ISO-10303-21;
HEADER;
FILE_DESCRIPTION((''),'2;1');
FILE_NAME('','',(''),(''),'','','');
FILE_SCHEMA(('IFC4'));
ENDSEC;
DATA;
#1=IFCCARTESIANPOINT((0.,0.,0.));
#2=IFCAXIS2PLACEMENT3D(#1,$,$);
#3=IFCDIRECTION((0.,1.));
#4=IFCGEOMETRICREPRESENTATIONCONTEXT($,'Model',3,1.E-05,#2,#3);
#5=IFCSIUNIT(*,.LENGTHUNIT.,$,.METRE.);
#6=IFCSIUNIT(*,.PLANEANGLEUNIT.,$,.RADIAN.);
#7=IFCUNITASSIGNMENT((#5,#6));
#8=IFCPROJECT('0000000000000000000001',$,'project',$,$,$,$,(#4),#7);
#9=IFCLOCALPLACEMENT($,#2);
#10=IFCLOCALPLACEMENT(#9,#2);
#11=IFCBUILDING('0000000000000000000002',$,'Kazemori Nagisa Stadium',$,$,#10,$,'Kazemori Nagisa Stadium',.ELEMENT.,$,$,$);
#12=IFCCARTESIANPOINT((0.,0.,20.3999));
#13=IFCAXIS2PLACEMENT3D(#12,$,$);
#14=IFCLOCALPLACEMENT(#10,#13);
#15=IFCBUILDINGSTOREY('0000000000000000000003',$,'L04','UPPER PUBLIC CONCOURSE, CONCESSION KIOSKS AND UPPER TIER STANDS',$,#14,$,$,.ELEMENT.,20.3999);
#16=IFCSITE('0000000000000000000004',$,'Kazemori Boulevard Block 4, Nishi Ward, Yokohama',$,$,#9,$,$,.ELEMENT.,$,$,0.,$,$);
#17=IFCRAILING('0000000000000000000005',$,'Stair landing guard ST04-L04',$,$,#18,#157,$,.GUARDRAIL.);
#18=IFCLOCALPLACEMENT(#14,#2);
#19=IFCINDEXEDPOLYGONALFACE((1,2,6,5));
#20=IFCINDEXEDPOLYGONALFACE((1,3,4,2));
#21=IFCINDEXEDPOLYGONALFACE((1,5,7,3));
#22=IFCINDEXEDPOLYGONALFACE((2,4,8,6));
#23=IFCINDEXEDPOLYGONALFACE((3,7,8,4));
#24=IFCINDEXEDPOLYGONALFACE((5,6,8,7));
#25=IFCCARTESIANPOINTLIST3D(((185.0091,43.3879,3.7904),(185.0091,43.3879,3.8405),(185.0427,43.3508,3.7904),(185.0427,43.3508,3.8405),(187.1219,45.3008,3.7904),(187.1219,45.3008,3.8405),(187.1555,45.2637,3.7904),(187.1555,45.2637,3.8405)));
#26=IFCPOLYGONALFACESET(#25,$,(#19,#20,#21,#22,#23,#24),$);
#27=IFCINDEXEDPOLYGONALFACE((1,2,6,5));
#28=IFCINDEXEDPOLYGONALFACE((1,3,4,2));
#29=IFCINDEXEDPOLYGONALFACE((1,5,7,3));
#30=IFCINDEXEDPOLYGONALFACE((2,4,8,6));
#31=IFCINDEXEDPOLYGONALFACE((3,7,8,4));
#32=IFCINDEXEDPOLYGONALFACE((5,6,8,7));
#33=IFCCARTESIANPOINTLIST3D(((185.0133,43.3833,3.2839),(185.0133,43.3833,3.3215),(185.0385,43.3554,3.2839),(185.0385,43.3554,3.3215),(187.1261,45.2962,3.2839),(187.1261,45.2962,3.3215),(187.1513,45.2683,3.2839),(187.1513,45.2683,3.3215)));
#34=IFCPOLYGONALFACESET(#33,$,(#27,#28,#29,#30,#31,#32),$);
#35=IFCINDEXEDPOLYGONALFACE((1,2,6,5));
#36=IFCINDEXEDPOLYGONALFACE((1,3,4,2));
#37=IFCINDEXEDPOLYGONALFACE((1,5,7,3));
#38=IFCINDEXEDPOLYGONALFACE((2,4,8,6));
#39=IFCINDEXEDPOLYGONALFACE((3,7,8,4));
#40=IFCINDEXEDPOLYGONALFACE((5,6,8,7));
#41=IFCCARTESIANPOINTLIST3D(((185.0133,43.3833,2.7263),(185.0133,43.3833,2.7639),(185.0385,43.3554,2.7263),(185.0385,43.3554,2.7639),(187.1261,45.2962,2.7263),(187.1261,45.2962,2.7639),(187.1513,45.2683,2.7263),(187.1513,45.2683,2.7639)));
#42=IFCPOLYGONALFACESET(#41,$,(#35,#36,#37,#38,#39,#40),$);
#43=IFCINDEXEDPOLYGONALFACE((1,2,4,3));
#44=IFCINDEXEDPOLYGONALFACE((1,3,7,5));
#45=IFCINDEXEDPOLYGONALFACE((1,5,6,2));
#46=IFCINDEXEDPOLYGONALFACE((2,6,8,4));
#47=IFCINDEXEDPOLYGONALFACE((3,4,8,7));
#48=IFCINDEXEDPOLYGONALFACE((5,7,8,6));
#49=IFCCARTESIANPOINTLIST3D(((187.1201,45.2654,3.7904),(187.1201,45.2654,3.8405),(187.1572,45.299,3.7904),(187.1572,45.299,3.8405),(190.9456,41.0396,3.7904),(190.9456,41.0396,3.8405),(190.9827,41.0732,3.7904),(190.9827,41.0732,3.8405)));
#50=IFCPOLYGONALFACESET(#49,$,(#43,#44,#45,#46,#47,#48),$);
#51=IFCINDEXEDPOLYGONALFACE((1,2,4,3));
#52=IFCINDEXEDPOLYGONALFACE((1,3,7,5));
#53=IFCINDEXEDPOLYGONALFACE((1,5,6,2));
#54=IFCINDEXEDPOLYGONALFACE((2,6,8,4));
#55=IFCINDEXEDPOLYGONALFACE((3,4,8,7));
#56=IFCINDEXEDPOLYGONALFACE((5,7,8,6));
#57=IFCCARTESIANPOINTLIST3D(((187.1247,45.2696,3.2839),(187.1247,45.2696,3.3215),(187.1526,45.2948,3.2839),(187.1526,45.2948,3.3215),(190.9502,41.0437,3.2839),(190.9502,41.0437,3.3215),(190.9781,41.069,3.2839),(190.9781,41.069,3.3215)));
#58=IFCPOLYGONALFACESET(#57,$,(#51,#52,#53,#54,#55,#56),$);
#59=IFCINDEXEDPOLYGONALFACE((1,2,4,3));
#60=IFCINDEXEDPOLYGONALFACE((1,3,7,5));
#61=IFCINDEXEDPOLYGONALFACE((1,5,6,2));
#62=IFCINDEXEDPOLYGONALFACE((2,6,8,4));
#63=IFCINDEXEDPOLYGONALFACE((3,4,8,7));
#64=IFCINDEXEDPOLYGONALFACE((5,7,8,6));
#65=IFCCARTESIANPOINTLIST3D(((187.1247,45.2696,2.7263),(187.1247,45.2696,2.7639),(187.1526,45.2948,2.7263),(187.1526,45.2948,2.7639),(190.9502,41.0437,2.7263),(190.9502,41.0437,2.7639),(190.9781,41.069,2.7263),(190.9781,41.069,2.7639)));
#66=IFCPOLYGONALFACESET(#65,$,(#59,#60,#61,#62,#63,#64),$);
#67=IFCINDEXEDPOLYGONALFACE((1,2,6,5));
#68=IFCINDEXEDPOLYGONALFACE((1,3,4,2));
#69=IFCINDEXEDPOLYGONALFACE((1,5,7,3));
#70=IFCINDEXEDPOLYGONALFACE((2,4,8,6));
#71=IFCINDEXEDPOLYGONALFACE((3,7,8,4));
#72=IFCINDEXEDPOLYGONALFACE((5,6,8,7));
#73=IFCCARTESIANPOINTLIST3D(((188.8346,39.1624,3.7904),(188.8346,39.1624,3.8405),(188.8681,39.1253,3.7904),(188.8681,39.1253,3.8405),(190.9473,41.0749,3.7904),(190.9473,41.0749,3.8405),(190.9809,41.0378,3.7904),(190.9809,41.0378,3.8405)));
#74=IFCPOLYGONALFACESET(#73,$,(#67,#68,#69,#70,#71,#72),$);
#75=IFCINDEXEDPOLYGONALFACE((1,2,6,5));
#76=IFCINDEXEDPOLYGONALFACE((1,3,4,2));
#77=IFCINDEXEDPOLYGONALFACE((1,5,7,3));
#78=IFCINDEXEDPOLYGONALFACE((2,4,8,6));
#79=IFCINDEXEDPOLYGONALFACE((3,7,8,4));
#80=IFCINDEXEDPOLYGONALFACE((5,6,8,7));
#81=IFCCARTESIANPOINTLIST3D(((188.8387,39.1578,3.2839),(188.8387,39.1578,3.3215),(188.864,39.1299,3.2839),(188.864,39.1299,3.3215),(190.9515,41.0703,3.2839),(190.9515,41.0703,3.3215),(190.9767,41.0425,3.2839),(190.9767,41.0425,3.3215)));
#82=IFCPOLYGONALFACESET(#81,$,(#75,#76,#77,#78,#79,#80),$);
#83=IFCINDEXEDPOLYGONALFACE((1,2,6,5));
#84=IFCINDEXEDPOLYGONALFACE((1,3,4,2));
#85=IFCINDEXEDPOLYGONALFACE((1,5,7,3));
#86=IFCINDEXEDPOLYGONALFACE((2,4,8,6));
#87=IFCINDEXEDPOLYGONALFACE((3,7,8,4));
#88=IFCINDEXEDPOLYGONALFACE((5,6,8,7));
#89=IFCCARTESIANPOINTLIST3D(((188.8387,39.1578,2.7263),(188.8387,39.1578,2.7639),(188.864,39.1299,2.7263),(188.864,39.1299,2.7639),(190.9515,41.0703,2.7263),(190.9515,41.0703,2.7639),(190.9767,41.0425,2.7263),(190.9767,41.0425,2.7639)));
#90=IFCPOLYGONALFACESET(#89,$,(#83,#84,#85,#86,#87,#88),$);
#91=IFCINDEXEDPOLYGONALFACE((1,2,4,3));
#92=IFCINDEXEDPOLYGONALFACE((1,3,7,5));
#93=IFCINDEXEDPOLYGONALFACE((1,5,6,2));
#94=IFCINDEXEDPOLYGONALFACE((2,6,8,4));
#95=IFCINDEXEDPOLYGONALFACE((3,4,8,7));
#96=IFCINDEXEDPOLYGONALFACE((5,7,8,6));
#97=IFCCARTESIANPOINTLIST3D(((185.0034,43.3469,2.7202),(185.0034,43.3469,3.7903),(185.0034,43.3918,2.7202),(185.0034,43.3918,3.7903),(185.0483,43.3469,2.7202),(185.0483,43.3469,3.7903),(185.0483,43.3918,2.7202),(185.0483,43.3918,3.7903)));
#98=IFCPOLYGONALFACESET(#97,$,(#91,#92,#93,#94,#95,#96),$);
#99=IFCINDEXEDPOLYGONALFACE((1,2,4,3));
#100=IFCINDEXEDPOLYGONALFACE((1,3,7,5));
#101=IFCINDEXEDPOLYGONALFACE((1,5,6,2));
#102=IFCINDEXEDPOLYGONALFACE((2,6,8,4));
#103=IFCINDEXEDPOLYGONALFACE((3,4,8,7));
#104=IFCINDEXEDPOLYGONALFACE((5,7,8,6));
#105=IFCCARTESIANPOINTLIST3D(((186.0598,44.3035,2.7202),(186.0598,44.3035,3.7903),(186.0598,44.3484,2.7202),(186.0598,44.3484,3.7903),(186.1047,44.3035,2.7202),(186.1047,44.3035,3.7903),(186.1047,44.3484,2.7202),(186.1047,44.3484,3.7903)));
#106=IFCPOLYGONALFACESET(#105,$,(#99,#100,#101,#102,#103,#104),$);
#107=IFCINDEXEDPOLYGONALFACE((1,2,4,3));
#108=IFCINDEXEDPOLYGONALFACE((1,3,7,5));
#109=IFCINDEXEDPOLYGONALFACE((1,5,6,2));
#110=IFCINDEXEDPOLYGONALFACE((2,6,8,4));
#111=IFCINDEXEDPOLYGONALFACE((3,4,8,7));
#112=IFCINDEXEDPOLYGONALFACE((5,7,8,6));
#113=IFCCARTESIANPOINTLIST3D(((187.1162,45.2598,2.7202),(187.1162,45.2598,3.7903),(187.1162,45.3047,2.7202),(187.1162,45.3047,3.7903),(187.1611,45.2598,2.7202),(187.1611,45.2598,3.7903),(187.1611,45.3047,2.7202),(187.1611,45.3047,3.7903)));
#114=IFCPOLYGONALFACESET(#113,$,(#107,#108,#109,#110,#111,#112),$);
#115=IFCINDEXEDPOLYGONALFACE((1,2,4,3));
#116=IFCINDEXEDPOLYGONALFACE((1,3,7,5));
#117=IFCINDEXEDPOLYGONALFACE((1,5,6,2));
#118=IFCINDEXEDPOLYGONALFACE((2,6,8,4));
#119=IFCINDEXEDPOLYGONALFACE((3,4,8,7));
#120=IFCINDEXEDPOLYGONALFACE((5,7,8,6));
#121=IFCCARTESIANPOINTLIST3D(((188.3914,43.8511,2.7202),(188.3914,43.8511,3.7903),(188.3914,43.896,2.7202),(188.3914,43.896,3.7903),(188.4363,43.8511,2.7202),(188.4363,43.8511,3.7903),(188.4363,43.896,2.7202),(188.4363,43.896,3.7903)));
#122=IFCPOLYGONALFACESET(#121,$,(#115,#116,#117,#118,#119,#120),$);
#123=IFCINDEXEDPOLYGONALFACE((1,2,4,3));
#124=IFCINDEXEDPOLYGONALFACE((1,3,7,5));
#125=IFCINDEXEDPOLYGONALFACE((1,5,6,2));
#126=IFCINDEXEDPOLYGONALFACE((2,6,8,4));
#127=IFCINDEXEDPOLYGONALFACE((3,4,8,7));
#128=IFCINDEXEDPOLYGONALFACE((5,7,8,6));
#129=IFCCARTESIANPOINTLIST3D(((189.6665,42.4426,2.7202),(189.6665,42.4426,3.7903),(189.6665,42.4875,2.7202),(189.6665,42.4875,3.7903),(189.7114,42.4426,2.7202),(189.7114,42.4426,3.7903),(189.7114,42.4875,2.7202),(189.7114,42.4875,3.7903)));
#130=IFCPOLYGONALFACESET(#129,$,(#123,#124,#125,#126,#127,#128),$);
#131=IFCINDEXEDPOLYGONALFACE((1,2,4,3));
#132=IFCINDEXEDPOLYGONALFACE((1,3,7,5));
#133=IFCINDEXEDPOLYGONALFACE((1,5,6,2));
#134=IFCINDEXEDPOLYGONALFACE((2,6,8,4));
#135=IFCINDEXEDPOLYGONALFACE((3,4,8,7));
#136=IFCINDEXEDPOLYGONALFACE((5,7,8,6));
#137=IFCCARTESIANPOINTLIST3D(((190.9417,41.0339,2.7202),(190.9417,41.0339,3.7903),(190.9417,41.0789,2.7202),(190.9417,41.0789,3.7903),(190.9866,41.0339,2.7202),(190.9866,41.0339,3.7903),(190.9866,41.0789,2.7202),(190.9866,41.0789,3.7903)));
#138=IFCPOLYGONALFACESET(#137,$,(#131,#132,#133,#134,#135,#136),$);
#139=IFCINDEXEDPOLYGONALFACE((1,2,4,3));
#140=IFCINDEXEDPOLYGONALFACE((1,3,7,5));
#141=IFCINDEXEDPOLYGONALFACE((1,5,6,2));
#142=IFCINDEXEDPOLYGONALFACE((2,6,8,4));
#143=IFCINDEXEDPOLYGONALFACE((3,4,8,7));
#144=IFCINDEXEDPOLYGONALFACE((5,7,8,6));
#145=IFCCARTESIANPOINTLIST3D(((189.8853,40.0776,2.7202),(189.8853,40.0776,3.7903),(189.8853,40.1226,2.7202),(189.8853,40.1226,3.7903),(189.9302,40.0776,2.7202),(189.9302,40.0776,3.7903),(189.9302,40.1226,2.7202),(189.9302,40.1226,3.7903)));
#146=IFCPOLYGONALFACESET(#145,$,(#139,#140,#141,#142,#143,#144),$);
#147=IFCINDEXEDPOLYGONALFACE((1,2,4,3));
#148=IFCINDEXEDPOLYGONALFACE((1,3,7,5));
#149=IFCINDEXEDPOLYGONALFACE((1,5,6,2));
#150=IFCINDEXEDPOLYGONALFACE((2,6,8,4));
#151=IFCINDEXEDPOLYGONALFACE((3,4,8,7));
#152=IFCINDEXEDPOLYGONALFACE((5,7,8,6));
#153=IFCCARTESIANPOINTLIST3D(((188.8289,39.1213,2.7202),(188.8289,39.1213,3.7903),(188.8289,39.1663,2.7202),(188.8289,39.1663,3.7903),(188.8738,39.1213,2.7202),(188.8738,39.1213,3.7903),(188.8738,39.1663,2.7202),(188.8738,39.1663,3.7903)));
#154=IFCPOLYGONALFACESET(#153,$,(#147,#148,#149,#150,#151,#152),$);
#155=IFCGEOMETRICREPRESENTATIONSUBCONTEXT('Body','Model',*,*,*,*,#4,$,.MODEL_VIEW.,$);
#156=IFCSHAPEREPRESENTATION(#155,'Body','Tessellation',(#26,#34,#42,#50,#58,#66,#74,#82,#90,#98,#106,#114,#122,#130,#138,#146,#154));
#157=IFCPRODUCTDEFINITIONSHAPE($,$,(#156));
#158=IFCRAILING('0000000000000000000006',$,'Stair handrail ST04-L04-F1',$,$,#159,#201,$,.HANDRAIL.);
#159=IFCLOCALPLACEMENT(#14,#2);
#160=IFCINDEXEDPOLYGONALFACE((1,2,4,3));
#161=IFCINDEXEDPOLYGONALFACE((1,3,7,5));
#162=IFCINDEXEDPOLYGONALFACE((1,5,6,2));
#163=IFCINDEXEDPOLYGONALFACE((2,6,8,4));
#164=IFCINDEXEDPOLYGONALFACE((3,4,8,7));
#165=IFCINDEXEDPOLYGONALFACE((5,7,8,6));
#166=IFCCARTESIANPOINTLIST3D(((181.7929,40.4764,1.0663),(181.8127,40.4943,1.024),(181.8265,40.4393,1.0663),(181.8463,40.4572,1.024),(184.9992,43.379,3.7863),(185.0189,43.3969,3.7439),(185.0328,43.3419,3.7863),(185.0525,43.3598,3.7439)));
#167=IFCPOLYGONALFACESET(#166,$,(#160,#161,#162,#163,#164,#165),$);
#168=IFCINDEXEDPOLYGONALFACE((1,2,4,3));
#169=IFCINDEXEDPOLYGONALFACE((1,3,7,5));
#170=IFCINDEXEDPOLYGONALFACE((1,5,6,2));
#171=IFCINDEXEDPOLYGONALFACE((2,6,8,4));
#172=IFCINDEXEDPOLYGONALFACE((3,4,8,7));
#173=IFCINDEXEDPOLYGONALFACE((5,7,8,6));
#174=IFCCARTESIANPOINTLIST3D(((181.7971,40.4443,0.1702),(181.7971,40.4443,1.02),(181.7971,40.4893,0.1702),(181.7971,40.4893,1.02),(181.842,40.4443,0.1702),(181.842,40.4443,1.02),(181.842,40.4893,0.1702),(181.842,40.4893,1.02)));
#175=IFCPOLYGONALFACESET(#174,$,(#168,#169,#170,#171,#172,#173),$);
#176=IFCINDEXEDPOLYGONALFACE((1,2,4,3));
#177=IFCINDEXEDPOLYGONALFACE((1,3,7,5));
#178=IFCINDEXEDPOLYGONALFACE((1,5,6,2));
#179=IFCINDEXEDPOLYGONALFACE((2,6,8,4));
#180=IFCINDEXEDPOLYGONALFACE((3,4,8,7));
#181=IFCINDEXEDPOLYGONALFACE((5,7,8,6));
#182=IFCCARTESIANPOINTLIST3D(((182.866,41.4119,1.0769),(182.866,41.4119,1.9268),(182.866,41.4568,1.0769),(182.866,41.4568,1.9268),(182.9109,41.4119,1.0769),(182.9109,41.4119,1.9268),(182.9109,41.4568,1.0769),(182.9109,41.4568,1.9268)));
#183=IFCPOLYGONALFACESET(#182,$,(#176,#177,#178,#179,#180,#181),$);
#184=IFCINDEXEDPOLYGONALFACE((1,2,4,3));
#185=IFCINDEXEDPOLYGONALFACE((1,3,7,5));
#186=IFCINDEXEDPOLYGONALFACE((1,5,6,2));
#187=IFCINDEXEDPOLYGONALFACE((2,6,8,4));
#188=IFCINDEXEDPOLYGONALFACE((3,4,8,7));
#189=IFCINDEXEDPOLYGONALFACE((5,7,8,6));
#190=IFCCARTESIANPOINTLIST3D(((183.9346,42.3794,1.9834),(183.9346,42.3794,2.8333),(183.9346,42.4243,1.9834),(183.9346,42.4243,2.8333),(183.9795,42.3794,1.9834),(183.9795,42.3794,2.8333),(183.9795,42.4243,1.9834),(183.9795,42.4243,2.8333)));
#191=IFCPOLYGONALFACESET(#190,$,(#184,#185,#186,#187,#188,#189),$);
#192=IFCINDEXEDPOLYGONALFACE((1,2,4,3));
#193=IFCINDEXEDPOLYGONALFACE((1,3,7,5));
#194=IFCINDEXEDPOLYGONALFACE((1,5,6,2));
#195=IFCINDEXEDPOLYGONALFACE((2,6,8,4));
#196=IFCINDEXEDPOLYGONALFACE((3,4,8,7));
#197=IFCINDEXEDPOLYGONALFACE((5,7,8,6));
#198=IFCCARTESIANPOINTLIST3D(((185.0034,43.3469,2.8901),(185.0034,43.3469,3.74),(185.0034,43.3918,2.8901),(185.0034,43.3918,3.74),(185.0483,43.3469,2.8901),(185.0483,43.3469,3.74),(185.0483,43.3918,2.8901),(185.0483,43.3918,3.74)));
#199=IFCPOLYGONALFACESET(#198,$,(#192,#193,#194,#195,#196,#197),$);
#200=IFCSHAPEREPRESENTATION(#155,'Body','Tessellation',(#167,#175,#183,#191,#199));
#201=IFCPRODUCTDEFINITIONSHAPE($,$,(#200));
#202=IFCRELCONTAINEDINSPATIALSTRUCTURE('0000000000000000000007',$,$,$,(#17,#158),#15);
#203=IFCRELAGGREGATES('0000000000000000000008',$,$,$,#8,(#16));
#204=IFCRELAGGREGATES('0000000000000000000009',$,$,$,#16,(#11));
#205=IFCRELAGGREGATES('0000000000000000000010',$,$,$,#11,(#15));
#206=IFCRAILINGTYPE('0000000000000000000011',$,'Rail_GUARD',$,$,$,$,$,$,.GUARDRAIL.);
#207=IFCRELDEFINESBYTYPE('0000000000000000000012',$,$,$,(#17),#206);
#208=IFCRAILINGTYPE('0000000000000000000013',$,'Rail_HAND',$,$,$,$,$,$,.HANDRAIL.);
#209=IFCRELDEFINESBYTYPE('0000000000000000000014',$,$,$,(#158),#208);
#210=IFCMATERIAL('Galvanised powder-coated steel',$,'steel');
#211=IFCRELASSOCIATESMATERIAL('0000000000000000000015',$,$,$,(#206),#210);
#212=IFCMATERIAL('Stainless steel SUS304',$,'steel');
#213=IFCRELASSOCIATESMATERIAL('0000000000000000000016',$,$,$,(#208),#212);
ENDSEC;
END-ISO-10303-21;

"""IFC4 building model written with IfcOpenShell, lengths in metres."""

from ifc_helpers import new_model, si_unit, direction, frame, origin, origin_2d, place, context, subcontext, project, spatial, rectangle, extrude, material, type_object, element, save


model = new_model("IFC4")

# Units and contexts
model_context = context("Model", 3, precision=1e-05, world=origin(), true_north=direction((0.0, 1.0)))
body_context = subcontext(model_context, "Body", "Model", "MODEL_VIEW")
ifc_project = project(units=[si_unit("LENGTHUNIT", "METRE"), si_unit("PLANEANGLEUNIT", "RADIAN")], contexts=[model_context])

# Site, building, storey
site_placement = place(None, origin())
site = spatial("IfcSite", under=ifc_project, at=site_placement, Name="Kazemori Boulevard Block 4, Nishi Ward, Yokohama", CompositionType="ELEMENT", RefElevation=0.0)
building_placement = place(site_placement, origin())
building = spatial("IfcBuilding", under=site, at=building_placement, Name="Kazemori Nagisa Stadium", LongName="Kazemori Nagisa Stadium", CompositionType="ELEMENT")
storey_placement = place(building_placement, frame((0.0, 0.0, 20.3999)))
storey = spatial("IfcBuildingStorey", under=building, at=storey_placement, Name="L04", Description="UPPER PUBLIC CONCOURSE, CONCESSION KIOSKS AND UPPER TIER STANDS", CompositionType="ELEMENT", Elevation=20.3999)

# Railings
ifc_material_1 = material(Name="Galvanised powder-coated steel", Category="steel")
railing_type_1 = type_object("IfcRailingType", Name="Rail_GUARD", PredefinedType="GUARDRAIL", material=ifc_material_1)
railing_1_placement = place(storey_placement, frame((185.0259, 43.3694, 2.7202)))
element("IfcRailing", 1, at=railing_1_placement, inside=storey, type_object=railing_type_1, Name="Stair landing guard ST04-L04", PredefinedType="GUARDRAIL", context=body_context, shape_type="SweptSolid", body=[
    extrude(rectangle(XDim=0.05, YDim=0.05, at=origin_2d()), frame((0.0, 0.0, 1.0952), z_axis=(0.741315, 0.671158, 0.0), x_axis=(-0.671158, 0.741315, 0.0)), (0.0, 0.0, 1.0), 2.8501),
    extrude(rectangle(XDim=0.0376, YDim=0.0376, at=origin_2d()), frame((0.0, 0.0, 0.5825), z_axis=(0.741315, 0.671158, 0.0), x_axis=(-0.671158, 0.741315, 0.0)), (0.0, 0.0, 1.0), 2.8501),
    extrude(rectangle(XDim=0.0376, YDim=0.0376, at=origin_2d()), frame((0.0, 0.0, 0.0249), z_axis=(0.741315, 0.671158, 0.0), x_axis=(-0.671158, 0.741315, 0.0)), (0.0, 0.0, 1.0), 2.8501),
    extrude(rectangle(XDim=0.05, YDim=0.05, at=origin_2d()), frame((2.1128, 1.9128, 1.0952), z_axis=(0.671113, -0.741355, 0.0), x_axis=(0.741355, 0.671113, 0.0)), (0.0, 0.0, 1.0), 5.7002),
    extrude(rectangle(XDim=0.0376, YDim=0.0376, at=origin_2d()), frame((2.1128, 1.9128, 0.5825), z_axis=(0.671113, -0.741355, 0.0), x_axis=(0.741355, 0.671113, 0.0)), (0.0, 0.0, 1.0), 5.7002),
    extrude(rectangle(XDim=0.0376, YDim=0.0376, at=origin_2d()), frame((2.1128, 1.9128, 0.0249), z_axis=(0.671113, -0.741355, 0.0), x_axis=(0.741355, 0.671113, 0.0)), (0.0, 0.0, 1.0), 5.7002),
    extrude(rectangle(XDim=0.05, YDim=0.05, at=origin_2d()), frame((5.9382, -2.313, 1.0952), z_axis=(-0.741357, -0.671111, 0.0), x_axis=(0.671111, -0.741357, 0.0)), (0.0, 0.0, 1.0), 2.8499),
    extrude(rectangle(XDim=0.0376, YDim=0.0376, at=origin_2d()), frame((5.9382, -2.313, 0.5825), z_axis=(-0.741357, -0.671111, 0.0), x_axis=(0.671111, -0.741357, 0.0)), (0.0, 0.0, 1.0), 2.8499),
    extrude(rectangle(XDim=0.0376, YDim=0.0376, at=origin_2d()), frame((5.9382, -2.313, 0.0249), z_axis=(-0.741357, -0.671111, 0.0), x_axis=(0.671111, -0.741357, 0.0)), (0.0, 0.0, 1.0), 2.8499),
    extrude(rectangle(XDim=0.0449, YDim=0.0449, at=origin_2d()), origin(), (0.0, 0.0, 1.0), 1.0701),
    extrude(rectangle(XDim=0.0449, YDim=0.0449, at=origin_2d()), frame((1.0564, 0.9565, 0.0)), (0.0, 0.0, 1.0), 1.0701),
    extrude(rectangle(XDim=0.0449, YDim=0.0449, at=origin_2d()), frame((2.1128, 1.9128, 0.0)), (0.0, 0.0, 1.0), 1.0701),
    extrude(rectangle(XDim=0.0449, YDim=0.0449, at=origin_2d()), frame((3.3879, 0.5042, 0.0)), (0.0, 0.0, 1.0), 1.0701),
    extrude(rectangle(XDim=0.0449, YDim=0.0449, at=origin_2d()), frame((4.6631, -0.9043, 0.0)), (0.0, 0.0, 1.0), 1.0701),
    extrude(rectangle(XDim=0.0449, YDim=0.0449, at=origin_2d()), frame((5.9382, -2.313, 0.0)), (0.0, 0.0, 1.0), 1.0701),
    extrude(rectangle(XDim=0.0449, YDim=0.0449, at=origin_2d()), frame((4.8818, -3.2693, 0.0)), (0.0, 0.0, 1.0), 1.0701),
    extrude(rectangle(XDim=0.0449, YDim=0.0449, at=origin_2d()), frame((3.8254, -4.2256, 0.0)), (0.0, 0.0, 1.0), 1.0701),
])
ifc_material_2 = material(Name="Stainless steel SUS304", Category="steel")
railing_type_2 = type_object("IfcRailingType", Name="Rail_HAND", PredefinedType="HANDRAIL", material=ifc_material_2)
railing_2_placement = place(storey_placement, frame((181.8196, 40.4668, 0.1702)))
element("IfcRailing", 2, at=railing_2_placement, inside=storey, type_object=railing_type_2, Name="Stair handrail ST04-L04-F1", PredefinedType="HANDRAIL", context=body_context, shape_type="SweptSolid", body=[
    extrude(rectangle(XDim=0.05, YDim=0.05, at=origin_2d()), frame((0.0, 0.0, 0.875), z_axis=(0.627558, 0.568113, 0.53237), x_axis=(-0.671123, 0.741346, 0.0)), (0.0, 0.0, 1.0), 5.1091),
    extrude(rectangle(XDim=0.0449, YDim=0.0449, at=origin_2d()), origin(), (0.0, 0.0, 1.0), 0.8499),
    extrude(rectangle(XDim=0.0449, YDim=0.0449, at=origin_2d()), frame((1.0688, 0.9675, 0.9067)), (0.0, 0.0, 1.0), 0.8499),
    extrude(rectangle(XDim=0.0449, YDim=0.0449, at=origin_2d()), frame((2.1375, 1.9351, 1.8132)), (0.0, 0.0, 1.0), 0.8499),
    extrude(rectangle(XDim=0.0449, YDim=0.0449, at=origin_2d()), frame((3.2063, 2.9026, 2.72)), (0.0, 0.0, 1.0), 0.8499),
])

save(model, "model.ifc")
